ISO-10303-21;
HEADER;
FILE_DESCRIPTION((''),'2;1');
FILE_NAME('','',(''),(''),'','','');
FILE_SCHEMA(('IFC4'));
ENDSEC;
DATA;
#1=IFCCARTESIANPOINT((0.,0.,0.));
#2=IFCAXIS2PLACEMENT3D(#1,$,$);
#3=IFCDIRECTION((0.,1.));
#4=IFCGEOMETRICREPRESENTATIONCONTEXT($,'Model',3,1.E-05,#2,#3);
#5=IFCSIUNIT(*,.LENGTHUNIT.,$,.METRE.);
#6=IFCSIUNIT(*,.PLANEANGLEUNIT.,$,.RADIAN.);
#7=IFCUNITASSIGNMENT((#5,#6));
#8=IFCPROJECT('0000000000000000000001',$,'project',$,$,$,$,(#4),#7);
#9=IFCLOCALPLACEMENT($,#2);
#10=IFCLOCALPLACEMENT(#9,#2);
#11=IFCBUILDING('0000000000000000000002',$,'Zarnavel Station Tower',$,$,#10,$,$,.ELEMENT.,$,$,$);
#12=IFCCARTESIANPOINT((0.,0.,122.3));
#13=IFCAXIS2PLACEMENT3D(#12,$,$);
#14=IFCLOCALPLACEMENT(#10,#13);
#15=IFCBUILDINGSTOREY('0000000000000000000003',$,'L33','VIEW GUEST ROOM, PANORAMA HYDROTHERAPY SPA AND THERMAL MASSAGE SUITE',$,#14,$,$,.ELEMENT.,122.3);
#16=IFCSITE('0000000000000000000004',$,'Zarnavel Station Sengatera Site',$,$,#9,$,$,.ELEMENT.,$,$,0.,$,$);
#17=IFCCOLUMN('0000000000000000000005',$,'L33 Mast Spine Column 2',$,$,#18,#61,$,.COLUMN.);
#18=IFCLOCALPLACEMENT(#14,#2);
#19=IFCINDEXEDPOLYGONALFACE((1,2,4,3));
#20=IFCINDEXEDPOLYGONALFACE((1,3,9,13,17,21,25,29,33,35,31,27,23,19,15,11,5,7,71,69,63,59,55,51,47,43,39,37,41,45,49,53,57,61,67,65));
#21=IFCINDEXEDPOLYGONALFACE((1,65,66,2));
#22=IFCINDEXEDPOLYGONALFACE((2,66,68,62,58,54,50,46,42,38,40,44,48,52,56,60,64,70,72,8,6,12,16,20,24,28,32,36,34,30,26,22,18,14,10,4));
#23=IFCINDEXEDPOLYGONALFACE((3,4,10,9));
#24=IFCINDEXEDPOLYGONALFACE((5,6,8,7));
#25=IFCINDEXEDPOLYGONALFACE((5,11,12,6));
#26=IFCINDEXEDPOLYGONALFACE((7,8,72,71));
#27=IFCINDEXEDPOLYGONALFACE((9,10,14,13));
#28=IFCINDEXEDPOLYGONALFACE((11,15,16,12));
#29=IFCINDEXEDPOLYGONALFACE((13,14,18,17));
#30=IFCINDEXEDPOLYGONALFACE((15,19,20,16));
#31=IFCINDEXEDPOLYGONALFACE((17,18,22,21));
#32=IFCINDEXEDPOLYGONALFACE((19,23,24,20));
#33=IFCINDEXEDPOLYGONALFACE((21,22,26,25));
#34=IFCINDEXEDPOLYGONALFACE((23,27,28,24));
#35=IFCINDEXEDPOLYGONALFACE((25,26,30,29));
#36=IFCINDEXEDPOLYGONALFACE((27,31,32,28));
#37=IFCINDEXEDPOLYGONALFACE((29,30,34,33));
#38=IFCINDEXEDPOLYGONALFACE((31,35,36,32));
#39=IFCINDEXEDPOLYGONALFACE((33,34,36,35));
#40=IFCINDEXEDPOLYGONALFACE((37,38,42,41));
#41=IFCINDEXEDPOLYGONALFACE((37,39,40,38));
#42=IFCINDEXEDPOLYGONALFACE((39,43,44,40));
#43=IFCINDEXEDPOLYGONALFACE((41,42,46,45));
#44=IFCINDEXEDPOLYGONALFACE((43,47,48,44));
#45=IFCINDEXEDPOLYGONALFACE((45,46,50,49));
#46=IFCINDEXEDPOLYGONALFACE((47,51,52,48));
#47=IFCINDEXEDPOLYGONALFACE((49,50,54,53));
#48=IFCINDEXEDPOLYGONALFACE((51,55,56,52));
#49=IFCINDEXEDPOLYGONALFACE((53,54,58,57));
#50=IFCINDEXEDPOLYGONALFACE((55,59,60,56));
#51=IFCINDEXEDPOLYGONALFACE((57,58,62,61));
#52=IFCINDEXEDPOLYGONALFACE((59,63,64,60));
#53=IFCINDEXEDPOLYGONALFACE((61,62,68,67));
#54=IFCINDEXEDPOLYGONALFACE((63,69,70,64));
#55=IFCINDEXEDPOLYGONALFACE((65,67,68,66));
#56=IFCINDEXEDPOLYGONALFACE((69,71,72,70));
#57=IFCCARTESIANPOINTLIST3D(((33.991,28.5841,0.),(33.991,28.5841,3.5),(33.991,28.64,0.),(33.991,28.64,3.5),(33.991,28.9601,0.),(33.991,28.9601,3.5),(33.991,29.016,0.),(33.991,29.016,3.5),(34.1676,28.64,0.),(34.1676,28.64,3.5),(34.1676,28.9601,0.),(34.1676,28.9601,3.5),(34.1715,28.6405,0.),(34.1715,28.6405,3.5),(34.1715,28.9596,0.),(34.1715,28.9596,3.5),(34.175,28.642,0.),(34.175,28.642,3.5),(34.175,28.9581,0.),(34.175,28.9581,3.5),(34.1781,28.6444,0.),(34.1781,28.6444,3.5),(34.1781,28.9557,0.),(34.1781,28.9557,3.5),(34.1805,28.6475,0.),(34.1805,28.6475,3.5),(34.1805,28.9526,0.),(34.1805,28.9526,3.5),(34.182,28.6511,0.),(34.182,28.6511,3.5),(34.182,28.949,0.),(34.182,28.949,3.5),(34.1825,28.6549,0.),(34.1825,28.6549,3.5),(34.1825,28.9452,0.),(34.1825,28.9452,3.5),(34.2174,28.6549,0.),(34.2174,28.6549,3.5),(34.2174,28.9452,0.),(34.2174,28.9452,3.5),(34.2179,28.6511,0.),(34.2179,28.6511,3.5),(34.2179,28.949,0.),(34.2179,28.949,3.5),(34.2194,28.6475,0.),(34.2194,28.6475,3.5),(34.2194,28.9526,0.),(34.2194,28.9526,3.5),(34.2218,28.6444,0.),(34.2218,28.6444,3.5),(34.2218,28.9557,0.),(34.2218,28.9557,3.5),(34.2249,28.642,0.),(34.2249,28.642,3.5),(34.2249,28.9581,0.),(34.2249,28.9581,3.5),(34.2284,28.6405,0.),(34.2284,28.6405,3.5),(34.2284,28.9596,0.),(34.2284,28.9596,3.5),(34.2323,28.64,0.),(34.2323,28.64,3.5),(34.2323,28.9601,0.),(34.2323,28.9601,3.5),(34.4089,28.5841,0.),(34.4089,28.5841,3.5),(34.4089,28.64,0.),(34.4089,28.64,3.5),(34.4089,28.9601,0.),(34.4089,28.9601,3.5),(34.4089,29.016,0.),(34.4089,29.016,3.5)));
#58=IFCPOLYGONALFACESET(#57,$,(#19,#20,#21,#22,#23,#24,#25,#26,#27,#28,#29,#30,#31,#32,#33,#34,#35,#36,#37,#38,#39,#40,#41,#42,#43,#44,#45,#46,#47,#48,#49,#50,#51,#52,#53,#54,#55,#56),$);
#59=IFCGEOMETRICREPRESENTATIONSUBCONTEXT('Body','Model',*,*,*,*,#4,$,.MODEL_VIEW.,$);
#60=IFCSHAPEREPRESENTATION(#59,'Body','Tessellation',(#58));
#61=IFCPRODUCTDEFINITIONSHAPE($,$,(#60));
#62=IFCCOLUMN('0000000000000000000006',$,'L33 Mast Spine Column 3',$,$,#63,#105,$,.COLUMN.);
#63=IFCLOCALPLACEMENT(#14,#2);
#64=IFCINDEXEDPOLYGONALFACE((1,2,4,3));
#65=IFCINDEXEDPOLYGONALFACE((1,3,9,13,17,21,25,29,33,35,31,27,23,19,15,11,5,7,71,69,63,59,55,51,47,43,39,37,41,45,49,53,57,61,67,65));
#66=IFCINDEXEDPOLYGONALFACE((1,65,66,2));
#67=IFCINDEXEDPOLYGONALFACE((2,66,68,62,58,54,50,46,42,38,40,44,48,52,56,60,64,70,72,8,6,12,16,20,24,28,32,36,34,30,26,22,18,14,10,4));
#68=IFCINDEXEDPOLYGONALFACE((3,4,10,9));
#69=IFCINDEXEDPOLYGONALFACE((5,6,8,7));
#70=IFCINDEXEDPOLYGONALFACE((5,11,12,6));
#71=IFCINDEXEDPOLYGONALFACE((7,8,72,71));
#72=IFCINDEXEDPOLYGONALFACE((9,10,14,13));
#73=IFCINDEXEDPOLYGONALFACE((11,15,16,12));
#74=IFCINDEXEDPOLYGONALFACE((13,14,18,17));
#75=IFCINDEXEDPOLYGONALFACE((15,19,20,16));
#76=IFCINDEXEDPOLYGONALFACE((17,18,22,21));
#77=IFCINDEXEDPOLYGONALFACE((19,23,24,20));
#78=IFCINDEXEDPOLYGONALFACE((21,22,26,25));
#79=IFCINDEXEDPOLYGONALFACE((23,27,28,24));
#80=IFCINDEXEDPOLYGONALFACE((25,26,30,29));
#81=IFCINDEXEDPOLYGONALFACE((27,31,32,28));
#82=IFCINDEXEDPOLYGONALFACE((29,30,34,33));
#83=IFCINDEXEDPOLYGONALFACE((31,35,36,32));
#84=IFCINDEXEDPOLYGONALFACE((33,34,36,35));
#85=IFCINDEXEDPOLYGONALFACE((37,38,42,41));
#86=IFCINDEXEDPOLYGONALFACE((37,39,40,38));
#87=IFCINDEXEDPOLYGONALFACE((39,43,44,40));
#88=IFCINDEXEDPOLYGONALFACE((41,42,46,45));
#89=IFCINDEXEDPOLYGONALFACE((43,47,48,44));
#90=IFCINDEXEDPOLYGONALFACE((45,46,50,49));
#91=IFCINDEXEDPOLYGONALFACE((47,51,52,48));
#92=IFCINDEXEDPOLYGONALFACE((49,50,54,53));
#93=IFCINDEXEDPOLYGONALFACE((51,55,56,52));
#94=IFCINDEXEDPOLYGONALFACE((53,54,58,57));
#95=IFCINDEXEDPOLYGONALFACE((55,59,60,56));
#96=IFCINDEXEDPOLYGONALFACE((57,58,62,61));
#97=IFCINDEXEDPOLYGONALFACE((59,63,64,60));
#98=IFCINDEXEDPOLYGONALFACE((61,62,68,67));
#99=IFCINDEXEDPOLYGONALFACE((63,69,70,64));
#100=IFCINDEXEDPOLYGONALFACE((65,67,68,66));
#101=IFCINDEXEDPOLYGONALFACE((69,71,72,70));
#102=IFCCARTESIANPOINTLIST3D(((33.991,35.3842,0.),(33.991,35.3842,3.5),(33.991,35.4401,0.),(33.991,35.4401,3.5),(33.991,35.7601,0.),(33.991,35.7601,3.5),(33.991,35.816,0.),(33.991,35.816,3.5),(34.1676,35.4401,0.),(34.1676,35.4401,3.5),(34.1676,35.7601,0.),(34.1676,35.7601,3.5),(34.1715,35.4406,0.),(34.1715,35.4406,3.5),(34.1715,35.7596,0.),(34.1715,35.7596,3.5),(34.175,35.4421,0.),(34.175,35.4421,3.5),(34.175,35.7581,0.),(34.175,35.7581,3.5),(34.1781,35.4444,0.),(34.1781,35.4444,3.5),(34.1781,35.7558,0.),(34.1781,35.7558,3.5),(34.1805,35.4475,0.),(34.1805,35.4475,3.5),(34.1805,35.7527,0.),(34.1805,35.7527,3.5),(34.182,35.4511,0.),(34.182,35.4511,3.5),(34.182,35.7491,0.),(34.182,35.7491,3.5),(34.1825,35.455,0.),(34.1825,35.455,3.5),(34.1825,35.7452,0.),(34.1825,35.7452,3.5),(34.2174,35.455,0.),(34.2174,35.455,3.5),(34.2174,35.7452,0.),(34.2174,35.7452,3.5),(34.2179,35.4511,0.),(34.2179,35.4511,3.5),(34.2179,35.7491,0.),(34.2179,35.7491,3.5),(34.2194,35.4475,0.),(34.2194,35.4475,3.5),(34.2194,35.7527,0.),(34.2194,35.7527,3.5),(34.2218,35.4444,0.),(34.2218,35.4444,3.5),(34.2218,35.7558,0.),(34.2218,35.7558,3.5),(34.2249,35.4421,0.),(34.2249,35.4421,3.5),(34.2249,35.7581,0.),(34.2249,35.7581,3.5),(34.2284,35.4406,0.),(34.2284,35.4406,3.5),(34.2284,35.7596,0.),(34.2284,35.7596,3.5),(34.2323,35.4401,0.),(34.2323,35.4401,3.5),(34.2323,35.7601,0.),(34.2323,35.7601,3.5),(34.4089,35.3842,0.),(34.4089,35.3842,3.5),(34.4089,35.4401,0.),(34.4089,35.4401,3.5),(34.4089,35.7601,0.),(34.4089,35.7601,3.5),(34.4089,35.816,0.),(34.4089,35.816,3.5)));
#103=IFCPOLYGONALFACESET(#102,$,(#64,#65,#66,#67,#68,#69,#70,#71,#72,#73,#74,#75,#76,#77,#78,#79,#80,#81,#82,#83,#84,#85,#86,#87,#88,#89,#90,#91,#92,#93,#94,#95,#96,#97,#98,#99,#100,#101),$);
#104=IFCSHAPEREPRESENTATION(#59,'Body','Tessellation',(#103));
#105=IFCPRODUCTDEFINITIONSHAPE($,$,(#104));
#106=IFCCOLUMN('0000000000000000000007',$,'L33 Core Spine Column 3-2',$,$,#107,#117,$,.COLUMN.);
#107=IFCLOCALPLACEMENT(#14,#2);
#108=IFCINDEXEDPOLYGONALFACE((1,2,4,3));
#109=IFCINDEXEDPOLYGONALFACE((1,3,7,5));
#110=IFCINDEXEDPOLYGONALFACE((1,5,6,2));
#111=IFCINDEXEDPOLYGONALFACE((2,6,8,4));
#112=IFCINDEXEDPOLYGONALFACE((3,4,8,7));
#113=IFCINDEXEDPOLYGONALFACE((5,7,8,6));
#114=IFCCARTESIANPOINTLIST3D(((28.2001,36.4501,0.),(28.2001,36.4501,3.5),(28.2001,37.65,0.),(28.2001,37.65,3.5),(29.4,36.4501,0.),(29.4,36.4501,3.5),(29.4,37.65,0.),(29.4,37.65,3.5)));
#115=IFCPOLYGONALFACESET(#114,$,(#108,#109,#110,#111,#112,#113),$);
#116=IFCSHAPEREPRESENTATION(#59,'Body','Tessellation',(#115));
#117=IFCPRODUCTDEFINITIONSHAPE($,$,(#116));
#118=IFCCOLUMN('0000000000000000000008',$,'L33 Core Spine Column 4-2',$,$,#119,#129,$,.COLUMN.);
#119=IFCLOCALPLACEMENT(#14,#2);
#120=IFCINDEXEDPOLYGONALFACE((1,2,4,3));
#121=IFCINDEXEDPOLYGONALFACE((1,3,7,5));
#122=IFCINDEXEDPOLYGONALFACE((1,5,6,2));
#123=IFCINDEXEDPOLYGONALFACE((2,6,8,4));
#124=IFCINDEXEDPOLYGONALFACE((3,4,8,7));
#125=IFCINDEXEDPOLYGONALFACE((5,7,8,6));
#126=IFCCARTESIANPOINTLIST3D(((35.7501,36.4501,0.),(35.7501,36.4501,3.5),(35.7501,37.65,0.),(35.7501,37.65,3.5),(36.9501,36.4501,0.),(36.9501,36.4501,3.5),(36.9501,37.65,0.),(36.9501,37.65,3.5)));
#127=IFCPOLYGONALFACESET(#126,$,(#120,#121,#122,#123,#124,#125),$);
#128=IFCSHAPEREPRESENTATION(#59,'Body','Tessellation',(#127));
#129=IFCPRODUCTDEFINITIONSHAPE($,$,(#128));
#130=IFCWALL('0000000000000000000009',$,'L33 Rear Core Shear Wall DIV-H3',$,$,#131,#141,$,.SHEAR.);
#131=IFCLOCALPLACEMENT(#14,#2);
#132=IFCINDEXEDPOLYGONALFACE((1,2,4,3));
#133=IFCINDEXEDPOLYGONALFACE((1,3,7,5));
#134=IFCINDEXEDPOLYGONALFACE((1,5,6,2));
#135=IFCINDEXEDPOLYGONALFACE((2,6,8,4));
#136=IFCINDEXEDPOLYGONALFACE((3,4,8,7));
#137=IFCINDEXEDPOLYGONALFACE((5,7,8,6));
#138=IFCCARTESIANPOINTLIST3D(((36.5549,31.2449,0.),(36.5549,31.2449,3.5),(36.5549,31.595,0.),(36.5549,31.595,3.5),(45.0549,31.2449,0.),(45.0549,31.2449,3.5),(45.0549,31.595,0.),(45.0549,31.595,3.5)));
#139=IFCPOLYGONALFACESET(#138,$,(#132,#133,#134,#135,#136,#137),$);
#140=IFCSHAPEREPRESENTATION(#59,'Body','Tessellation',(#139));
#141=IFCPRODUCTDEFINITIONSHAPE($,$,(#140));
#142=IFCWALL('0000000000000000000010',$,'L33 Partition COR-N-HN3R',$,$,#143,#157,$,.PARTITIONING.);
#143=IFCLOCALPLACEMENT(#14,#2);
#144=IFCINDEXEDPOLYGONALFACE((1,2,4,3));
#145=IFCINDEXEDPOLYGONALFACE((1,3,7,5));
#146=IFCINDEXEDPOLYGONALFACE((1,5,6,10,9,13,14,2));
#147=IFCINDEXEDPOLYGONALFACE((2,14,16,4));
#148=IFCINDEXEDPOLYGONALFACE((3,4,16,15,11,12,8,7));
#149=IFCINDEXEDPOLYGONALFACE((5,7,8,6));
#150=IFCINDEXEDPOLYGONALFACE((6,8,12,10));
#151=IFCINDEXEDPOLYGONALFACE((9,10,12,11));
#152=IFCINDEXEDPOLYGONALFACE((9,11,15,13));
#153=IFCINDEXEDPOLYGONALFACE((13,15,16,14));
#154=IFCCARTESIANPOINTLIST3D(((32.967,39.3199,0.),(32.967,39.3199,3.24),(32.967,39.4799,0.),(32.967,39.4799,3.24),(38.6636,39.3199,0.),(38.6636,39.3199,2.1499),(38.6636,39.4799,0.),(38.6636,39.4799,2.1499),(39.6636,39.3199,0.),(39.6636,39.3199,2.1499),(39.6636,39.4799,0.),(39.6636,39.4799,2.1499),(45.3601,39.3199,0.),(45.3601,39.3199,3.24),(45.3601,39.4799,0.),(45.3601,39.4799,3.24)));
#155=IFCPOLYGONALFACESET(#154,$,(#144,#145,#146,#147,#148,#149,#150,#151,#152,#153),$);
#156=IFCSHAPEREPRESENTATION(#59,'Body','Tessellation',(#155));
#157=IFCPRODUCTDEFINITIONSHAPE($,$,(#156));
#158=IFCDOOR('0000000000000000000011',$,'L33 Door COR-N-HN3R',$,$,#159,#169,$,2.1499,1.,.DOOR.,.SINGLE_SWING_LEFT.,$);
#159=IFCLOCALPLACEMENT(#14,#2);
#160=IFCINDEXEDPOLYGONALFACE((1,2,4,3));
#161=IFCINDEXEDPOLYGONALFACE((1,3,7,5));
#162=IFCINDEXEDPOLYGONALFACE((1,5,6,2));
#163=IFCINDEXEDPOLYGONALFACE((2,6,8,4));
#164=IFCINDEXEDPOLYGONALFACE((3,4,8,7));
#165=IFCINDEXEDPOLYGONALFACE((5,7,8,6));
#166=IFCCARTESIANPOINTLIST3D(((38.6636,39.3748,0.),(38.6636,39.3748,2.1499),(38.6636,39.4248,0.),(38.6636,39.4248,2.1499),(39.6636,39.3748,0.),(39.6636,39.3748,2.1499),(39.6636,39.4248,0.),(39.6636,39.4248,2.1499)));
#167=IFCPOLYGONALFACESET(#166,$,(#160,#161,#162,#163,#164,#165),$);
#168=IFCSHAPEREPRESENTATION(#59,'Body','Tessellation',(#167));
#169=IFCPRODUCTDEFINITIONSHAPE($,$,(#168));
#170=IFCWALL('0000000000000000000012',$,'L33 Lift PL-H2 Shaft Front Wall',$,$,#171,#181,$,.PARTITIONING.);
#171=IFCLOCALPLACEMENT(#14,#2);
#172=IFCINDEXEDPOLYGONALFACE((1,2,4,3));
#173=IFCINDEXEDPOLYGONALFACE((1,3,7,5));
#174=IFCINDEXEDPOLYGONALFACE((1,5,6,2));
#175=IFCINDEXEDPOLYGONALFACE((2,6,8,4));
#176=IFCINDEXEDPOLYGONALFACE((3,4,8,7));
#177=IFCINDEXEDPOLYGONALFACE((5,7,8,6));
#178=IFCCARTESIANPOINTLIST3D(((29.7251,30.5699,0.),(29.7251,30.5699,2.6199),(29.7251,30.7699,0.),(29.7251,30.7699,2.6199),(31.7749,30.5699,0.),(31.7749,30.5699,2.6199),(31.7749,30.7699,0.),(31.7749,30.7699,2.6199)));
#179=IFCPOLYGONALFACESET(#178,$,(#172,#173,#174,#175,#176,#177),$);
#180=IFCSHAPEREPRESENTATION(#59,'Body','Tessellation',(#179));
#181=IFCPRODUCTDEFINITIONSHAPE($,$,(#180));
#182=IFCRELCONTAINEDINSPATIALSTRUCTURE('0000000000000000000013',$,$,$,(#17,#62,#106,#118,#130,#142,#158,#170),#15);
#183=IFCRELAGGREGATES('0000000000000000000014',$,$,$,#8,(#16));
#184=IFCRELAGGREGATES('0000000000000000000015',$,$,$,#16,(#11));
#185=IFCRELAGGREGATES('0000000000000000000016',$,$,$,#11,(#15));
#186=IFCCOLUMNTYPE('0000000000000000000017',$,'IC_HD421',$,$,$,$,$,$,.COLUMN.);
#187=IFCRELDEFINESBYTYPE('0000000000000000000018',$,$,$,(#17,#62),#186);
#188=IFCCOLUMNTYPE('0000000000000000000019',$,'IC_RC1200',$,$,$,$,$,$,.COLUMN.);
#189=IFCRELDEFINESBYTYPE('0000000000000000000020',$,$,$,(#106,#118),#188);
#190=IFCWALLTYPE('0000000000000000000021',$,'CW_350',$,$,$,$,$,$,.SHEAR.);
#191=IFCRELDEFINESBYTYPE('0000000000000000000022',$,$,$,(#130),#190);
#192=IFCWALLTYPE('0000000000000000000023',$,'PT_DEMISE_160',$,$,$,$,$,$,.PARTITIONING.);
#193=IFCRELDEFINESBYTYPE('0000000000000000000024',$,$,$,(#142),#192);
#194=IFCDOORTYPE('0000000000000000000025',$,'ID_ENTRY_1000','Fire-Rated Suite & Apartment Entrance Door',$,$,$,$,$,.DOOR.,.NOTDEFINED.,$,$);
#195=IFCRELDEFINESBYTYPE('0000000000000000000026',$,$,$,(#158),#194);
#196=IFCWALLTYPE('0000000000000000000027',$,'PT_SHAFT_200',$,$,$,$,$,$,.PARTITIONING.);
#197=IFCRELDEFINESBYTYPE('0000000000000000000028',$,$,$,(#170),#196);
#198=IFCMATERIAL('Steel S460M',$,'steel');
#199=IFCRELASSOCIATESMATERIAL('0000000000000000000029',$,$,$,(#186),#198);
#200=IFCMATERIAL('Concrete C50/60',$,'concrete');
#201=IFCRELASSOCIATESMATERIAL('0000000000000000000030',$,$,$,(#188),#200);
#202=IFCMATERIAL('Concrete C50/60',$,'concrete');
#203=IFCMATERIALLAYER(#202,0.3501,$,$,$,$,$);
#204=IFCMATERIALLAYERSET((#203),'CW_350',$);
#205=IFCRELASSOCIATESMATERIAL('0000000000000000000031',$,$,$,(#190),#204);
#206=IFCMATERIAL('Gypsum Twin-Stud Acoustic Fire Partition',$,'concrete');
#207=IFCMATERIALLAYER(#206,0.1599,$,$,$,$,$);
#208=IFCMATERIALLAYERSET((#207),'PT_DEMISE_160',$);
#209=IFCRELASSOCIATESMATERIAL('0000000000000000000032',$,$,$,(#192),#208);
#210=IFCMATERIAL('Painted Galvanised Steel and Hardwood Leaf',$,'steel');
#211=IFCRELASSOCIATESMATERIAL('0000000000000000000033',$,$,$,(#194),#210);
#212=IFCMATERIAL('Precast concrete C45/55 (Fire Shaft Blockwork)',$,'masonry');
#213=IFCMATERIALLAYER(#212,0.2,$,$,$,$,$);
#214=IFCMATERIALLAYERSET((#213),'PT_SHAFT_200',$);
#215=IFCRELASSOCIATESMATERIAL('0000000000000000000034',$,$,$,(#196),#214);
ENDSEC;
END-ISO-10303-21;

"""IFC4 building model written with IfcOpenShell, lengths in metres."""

from ifc_helpers import new_model, si_unit, direction, frame, frame_2d, origin, origin_2d, place, context, subcontext, project, spatial, rectangle, i_section, extrude, material, layer, layer_set, material_profile, profile_set, type_object, element, fill, save


model = new_model("IFC4")

# Units and contexts
model_context = context("Model", 3, precision=1e-05, world=origin(), true_north=direction((0.0, 1.0)))
body_context = subcontext(model_context, "Body", "Model", "MODEL_VIEW")
ifc_project = project(units=[si_unit("LENGTHUNIT", "METRE"), si_unit("PLANEANGLEUNIT", "RADIAN")], contexts=[model_context])

# Site, building, storey
site_placement = place(None, origin())
site = spatial("IfcSite", under=ifc_project, at=site_placement, Name="Zarnavel Station Sengatera Site", CompositionType="ELEMENT", RefElevation=0.0)
building_placement = place(site_placement, origin())
building = spatial("IfcBuilding", under=site, at=building_placement, Name="Zarnavel Station Tower", CompositionType="ELEMENT")
storey_placement = place(building_placement, frame((0.0, 0.0, 122.3)))
storey = spatial("IfcBuildingStorey", under=building, at=storey_placement, Name="L33", Description="VIEW GUEST ROOM, PANORAMA HYDROTHERAPY SPA AND THERMAL MASSAGE SUITE", CompositionType="ELEMENT", Elevation=122.3)

# Columns
ifc_material_1 = material(Name="Steel S460M", Category="steel")
ifc_material_profile_1 = material_profile(ifc_material_1, i_section(OverallWidth=0.418, OverallDepth=0.4319, WebThickness=0.0349, FlangeThickness=0.0559, FilletRadius=0.0149, at=origin_2d()), Name="HD400x421")
ifc_profile_set_1 = profile_set([ifc_material_profile_1], Name="Steel S460M")
column_type_1 = type_object("IfcColumnType", Name="IC_HD421", PredefinedType="COLUMN", material=ifc_profile_set_1)
for number, where, z_axis, x_axis, name in (
    (1, (34.2, 28.8, 0.0), (0.0, 0.0, 1.0), (1.0, 0.0, 0.0), "L33 Mast Spine Column 2"),
    (2, (34.2, 35.6001, 0.0), (0.0, 0.0, 1.0), (1.0, 0.0, 0.0), "L33 Mast Spine Column 3"),
):
    element("IfcColumn", number, at=place(storey_placement, frame(where, z_axis=z_axis, x_axis=x_axis)), inside=storey, type_object=column_type_1, Name=name, PredefinedType="COLUMN", context=body_context, shape_type="SweptSolid", body=[
        extrude(i_section(OverallWidth=0.418, OverallDepth=0.4319, WebThickness=0.0349, FlangeThickness=0.0559, FilletRadius=0.0149, at=origin_2d()), origin(), (0.0, 0.0, 1.0), 3.5),
    ])
ifc_material_2 = material(Name="Concrete C50/60", Category="concrete")
ifc_material_profile_2 = material_profile(ifc_material_2, rectangle(XDim=1.2, YDim=1.2, at=origin_2d()), Name="RC1200x1200")
ifc_profile_set_2 = profile_set([ifc_material_profile_2], Name="Concrete C50/60")
column_type_2 = type_object("IfcColumnType", Name="IC_RC1200", PredefinedType="COLUMN", material=ifc_profile_set_2)
for number, where, z_axis, x_axis, name in (
    (3, (28.8, 37.05, 0.0), (0.0, 0.0, 1.0), (1.0, 0.0, 0.0), "L33 Core Spine Column 3-2"),
    (4, (36.3501, 37.05, 0.0), (0.0, 0.0, 1.0), (1.0, 0.0, 0.0), "L33 Core Spine Column 4-2"),
):
    element("IfcColumn", number, at=place(storey_placement, frame(where, z_axis=z_axis, x_axis=x_axis)), inside=storey, type_object=column_type_2, Name=name, PredefinedType="COLUMN", context=body_context, shape_type="SweptSolid", body=[
        extrude(rectangle(XDim=1.2, YDim=1.2, at=origin_2d()), origin(), (0.0, 0.0, 1.0), 3.5),
    ])

# Wall
ifc_material_3 = material(Name="Concrete C50/60", Category="concrete")
ifc_layer_1 = layer(ifc_material_3, 0.3501)
ifc_layer_set_1 = layer_set([ifc_layer_1], Name="CW_350")
wall_type_1 = type_object("IfcWallType", Name="CW_350", PredefinedType="SHEAR", material=ifc_layer_set_1)
wall_1_placement = place(storey_placement, frame((36.5549, 31.4199, 0.0), z_axis=(0.0, 0.0, 1.0), x_axis=(1.0, 0.0, 0.0)))
element("IfcWall", 5, at=wall_1_placement, inside=storey, type_object=wall_type_1, Name="L33 Rear Core Shear Wall DIV-H3", PredefinedType="SHEAR", context=body_context, shape_type="SweptSolid", body=[
    extrude(rectangle(XDim=8.5, YDim=0.3501, at=frame_2d((4.25, 0.0))), origin(), (0.0, 0.0, 1.0), 3.5),
])

# Wall, opening, door
ifc_material_4 = material(Name="Gypsum Twin-Stud Acoustic Fire Partition", Category="concrete")
ifc_layer_2 = layer(ifc_material_4, 0.1599)
ifc_layer_set_2 = layer_set([ifc_layer_2], Name="PT_DEMISE_160")
wall_type_2 = type_object("IfcWallType", Name="PT_DEMISE_160", PredefinedType="PARTITIONING", material=ifc_layer_set_2)
wall_2_placement = place(storey_placement, frame((32.967, 39.3999, 0.0), z_axis=(0.0, 0.0, 1.0), x_axis=(1.0, 0.0, 0.0)))
wall_2 = element("IfcWall", 6, at=wall_2_placement, inside=storey, type_object=wall_type_2, Name="L33 Partition COR-N-HN3R", PredefinedType="PARTITIONING", context=body_context, shape_type="SweptSolid", body=[
    extrude(rectangle(XDim=12.3931, YDim=0.1599, at=frame_2d((6.1965, 0.0))), origin(), (0.0, 0.0, 1.0), 3.24),
])
opening_1_placement = place(wall_2_placement, frame((5.6965, 0.0, 0.0)))
opening_1 = element("IfcOpeningElement", 7, at=opening_1_placement, cuts=wall_2, PredefinedType="OPENING", context=body_context, shape_type="SweptSolid", body=[
    extrude(rectangle(XDim=1.0, YDim=2.1499, at=frame_2d((0.5, 1.075))), frame((0.0, 0.0898, 0.0), z_axis=(0.0, -1.0, 0.0), x_axis=(1.0, 0.0, 0.0)), (0.0, 0.0, 1.0), 0.1799),
])
ifc_material_5 = material(Name="Painted Galvanised Steel and Hardwood Leaf", Category="steel")
door_type_1 = type_object("IfcDoorType", Name="ID_ENTRY_1000", Description="Fire-Rated Suite & Apartment Entrance Door", OperationType="NOTDEFINED", PredefinedType="DOOR", material=ifc_material_5)
door_1_placement = place(opening_1_placement, origin())
door_1 = element("IfcDoor", 8, at=door_1_placement, inside=storey, type_object=door_type_1, Name="L33 Door COR-N-HN3R", OperationType="SINGLE_SWING_LEFT", OverallHeight=2.1499, OverallWidth=1.0, PredefinedType="DOOR", context=body_context, shape_type="SweptSolid", body=[
    extrude(rectangle(XDim=1.0, YDim=2.1499, at=frame_2d((0.5, 1.075))), frame((0.0, 0.0249, 0.0), z_axis=(0.0, -1.0, 0.0), x_axis=(1.0, 0.0, 0.0)), (0.0, 0.0, 1.0), 0.05),
])
fill(opening_1, door_1)
ifc_material_6 = material(Name="Precast concrete C45/55 (Fire Shaft Blockwork)", Category="masonry")
ifc_layer_3 = layer(ifc_material_6, 0.2)
ifc_layer_set_3 = layer_set([ifc_layer_3], Name="PT_SHAFT_200")
wall_type_3 = type_object("IfcWallType", Name="PT_SHAFT_200", PredefinedType="PARTITIONING", material=ifc_layer_set_3)

# Wall
wall_3_placement = place(storey_placement, frame((29.7251, 30.6699, 0.0), z_axis=(0.0, 0.0, 1.0), x_axis=(1.0, 0.0, 0.0)))
element("IfcWall", 9, at=wall_3_placement, inside=storey, type_object=wall_type_3, Name="L33 Lift PL-H2 Shaft Front Wall", PredefinedType="PARTITIONING", context=body_context, shape_type="SweptSolid", body=[
    extrude(rectangle(XDim=2.0498, YDim=0.2, at=frame_2d((1.0249, 0.0))), origin(), (0.0, 0.0, 1.0), 2.6199),
])

save(model, "model.ifc")
